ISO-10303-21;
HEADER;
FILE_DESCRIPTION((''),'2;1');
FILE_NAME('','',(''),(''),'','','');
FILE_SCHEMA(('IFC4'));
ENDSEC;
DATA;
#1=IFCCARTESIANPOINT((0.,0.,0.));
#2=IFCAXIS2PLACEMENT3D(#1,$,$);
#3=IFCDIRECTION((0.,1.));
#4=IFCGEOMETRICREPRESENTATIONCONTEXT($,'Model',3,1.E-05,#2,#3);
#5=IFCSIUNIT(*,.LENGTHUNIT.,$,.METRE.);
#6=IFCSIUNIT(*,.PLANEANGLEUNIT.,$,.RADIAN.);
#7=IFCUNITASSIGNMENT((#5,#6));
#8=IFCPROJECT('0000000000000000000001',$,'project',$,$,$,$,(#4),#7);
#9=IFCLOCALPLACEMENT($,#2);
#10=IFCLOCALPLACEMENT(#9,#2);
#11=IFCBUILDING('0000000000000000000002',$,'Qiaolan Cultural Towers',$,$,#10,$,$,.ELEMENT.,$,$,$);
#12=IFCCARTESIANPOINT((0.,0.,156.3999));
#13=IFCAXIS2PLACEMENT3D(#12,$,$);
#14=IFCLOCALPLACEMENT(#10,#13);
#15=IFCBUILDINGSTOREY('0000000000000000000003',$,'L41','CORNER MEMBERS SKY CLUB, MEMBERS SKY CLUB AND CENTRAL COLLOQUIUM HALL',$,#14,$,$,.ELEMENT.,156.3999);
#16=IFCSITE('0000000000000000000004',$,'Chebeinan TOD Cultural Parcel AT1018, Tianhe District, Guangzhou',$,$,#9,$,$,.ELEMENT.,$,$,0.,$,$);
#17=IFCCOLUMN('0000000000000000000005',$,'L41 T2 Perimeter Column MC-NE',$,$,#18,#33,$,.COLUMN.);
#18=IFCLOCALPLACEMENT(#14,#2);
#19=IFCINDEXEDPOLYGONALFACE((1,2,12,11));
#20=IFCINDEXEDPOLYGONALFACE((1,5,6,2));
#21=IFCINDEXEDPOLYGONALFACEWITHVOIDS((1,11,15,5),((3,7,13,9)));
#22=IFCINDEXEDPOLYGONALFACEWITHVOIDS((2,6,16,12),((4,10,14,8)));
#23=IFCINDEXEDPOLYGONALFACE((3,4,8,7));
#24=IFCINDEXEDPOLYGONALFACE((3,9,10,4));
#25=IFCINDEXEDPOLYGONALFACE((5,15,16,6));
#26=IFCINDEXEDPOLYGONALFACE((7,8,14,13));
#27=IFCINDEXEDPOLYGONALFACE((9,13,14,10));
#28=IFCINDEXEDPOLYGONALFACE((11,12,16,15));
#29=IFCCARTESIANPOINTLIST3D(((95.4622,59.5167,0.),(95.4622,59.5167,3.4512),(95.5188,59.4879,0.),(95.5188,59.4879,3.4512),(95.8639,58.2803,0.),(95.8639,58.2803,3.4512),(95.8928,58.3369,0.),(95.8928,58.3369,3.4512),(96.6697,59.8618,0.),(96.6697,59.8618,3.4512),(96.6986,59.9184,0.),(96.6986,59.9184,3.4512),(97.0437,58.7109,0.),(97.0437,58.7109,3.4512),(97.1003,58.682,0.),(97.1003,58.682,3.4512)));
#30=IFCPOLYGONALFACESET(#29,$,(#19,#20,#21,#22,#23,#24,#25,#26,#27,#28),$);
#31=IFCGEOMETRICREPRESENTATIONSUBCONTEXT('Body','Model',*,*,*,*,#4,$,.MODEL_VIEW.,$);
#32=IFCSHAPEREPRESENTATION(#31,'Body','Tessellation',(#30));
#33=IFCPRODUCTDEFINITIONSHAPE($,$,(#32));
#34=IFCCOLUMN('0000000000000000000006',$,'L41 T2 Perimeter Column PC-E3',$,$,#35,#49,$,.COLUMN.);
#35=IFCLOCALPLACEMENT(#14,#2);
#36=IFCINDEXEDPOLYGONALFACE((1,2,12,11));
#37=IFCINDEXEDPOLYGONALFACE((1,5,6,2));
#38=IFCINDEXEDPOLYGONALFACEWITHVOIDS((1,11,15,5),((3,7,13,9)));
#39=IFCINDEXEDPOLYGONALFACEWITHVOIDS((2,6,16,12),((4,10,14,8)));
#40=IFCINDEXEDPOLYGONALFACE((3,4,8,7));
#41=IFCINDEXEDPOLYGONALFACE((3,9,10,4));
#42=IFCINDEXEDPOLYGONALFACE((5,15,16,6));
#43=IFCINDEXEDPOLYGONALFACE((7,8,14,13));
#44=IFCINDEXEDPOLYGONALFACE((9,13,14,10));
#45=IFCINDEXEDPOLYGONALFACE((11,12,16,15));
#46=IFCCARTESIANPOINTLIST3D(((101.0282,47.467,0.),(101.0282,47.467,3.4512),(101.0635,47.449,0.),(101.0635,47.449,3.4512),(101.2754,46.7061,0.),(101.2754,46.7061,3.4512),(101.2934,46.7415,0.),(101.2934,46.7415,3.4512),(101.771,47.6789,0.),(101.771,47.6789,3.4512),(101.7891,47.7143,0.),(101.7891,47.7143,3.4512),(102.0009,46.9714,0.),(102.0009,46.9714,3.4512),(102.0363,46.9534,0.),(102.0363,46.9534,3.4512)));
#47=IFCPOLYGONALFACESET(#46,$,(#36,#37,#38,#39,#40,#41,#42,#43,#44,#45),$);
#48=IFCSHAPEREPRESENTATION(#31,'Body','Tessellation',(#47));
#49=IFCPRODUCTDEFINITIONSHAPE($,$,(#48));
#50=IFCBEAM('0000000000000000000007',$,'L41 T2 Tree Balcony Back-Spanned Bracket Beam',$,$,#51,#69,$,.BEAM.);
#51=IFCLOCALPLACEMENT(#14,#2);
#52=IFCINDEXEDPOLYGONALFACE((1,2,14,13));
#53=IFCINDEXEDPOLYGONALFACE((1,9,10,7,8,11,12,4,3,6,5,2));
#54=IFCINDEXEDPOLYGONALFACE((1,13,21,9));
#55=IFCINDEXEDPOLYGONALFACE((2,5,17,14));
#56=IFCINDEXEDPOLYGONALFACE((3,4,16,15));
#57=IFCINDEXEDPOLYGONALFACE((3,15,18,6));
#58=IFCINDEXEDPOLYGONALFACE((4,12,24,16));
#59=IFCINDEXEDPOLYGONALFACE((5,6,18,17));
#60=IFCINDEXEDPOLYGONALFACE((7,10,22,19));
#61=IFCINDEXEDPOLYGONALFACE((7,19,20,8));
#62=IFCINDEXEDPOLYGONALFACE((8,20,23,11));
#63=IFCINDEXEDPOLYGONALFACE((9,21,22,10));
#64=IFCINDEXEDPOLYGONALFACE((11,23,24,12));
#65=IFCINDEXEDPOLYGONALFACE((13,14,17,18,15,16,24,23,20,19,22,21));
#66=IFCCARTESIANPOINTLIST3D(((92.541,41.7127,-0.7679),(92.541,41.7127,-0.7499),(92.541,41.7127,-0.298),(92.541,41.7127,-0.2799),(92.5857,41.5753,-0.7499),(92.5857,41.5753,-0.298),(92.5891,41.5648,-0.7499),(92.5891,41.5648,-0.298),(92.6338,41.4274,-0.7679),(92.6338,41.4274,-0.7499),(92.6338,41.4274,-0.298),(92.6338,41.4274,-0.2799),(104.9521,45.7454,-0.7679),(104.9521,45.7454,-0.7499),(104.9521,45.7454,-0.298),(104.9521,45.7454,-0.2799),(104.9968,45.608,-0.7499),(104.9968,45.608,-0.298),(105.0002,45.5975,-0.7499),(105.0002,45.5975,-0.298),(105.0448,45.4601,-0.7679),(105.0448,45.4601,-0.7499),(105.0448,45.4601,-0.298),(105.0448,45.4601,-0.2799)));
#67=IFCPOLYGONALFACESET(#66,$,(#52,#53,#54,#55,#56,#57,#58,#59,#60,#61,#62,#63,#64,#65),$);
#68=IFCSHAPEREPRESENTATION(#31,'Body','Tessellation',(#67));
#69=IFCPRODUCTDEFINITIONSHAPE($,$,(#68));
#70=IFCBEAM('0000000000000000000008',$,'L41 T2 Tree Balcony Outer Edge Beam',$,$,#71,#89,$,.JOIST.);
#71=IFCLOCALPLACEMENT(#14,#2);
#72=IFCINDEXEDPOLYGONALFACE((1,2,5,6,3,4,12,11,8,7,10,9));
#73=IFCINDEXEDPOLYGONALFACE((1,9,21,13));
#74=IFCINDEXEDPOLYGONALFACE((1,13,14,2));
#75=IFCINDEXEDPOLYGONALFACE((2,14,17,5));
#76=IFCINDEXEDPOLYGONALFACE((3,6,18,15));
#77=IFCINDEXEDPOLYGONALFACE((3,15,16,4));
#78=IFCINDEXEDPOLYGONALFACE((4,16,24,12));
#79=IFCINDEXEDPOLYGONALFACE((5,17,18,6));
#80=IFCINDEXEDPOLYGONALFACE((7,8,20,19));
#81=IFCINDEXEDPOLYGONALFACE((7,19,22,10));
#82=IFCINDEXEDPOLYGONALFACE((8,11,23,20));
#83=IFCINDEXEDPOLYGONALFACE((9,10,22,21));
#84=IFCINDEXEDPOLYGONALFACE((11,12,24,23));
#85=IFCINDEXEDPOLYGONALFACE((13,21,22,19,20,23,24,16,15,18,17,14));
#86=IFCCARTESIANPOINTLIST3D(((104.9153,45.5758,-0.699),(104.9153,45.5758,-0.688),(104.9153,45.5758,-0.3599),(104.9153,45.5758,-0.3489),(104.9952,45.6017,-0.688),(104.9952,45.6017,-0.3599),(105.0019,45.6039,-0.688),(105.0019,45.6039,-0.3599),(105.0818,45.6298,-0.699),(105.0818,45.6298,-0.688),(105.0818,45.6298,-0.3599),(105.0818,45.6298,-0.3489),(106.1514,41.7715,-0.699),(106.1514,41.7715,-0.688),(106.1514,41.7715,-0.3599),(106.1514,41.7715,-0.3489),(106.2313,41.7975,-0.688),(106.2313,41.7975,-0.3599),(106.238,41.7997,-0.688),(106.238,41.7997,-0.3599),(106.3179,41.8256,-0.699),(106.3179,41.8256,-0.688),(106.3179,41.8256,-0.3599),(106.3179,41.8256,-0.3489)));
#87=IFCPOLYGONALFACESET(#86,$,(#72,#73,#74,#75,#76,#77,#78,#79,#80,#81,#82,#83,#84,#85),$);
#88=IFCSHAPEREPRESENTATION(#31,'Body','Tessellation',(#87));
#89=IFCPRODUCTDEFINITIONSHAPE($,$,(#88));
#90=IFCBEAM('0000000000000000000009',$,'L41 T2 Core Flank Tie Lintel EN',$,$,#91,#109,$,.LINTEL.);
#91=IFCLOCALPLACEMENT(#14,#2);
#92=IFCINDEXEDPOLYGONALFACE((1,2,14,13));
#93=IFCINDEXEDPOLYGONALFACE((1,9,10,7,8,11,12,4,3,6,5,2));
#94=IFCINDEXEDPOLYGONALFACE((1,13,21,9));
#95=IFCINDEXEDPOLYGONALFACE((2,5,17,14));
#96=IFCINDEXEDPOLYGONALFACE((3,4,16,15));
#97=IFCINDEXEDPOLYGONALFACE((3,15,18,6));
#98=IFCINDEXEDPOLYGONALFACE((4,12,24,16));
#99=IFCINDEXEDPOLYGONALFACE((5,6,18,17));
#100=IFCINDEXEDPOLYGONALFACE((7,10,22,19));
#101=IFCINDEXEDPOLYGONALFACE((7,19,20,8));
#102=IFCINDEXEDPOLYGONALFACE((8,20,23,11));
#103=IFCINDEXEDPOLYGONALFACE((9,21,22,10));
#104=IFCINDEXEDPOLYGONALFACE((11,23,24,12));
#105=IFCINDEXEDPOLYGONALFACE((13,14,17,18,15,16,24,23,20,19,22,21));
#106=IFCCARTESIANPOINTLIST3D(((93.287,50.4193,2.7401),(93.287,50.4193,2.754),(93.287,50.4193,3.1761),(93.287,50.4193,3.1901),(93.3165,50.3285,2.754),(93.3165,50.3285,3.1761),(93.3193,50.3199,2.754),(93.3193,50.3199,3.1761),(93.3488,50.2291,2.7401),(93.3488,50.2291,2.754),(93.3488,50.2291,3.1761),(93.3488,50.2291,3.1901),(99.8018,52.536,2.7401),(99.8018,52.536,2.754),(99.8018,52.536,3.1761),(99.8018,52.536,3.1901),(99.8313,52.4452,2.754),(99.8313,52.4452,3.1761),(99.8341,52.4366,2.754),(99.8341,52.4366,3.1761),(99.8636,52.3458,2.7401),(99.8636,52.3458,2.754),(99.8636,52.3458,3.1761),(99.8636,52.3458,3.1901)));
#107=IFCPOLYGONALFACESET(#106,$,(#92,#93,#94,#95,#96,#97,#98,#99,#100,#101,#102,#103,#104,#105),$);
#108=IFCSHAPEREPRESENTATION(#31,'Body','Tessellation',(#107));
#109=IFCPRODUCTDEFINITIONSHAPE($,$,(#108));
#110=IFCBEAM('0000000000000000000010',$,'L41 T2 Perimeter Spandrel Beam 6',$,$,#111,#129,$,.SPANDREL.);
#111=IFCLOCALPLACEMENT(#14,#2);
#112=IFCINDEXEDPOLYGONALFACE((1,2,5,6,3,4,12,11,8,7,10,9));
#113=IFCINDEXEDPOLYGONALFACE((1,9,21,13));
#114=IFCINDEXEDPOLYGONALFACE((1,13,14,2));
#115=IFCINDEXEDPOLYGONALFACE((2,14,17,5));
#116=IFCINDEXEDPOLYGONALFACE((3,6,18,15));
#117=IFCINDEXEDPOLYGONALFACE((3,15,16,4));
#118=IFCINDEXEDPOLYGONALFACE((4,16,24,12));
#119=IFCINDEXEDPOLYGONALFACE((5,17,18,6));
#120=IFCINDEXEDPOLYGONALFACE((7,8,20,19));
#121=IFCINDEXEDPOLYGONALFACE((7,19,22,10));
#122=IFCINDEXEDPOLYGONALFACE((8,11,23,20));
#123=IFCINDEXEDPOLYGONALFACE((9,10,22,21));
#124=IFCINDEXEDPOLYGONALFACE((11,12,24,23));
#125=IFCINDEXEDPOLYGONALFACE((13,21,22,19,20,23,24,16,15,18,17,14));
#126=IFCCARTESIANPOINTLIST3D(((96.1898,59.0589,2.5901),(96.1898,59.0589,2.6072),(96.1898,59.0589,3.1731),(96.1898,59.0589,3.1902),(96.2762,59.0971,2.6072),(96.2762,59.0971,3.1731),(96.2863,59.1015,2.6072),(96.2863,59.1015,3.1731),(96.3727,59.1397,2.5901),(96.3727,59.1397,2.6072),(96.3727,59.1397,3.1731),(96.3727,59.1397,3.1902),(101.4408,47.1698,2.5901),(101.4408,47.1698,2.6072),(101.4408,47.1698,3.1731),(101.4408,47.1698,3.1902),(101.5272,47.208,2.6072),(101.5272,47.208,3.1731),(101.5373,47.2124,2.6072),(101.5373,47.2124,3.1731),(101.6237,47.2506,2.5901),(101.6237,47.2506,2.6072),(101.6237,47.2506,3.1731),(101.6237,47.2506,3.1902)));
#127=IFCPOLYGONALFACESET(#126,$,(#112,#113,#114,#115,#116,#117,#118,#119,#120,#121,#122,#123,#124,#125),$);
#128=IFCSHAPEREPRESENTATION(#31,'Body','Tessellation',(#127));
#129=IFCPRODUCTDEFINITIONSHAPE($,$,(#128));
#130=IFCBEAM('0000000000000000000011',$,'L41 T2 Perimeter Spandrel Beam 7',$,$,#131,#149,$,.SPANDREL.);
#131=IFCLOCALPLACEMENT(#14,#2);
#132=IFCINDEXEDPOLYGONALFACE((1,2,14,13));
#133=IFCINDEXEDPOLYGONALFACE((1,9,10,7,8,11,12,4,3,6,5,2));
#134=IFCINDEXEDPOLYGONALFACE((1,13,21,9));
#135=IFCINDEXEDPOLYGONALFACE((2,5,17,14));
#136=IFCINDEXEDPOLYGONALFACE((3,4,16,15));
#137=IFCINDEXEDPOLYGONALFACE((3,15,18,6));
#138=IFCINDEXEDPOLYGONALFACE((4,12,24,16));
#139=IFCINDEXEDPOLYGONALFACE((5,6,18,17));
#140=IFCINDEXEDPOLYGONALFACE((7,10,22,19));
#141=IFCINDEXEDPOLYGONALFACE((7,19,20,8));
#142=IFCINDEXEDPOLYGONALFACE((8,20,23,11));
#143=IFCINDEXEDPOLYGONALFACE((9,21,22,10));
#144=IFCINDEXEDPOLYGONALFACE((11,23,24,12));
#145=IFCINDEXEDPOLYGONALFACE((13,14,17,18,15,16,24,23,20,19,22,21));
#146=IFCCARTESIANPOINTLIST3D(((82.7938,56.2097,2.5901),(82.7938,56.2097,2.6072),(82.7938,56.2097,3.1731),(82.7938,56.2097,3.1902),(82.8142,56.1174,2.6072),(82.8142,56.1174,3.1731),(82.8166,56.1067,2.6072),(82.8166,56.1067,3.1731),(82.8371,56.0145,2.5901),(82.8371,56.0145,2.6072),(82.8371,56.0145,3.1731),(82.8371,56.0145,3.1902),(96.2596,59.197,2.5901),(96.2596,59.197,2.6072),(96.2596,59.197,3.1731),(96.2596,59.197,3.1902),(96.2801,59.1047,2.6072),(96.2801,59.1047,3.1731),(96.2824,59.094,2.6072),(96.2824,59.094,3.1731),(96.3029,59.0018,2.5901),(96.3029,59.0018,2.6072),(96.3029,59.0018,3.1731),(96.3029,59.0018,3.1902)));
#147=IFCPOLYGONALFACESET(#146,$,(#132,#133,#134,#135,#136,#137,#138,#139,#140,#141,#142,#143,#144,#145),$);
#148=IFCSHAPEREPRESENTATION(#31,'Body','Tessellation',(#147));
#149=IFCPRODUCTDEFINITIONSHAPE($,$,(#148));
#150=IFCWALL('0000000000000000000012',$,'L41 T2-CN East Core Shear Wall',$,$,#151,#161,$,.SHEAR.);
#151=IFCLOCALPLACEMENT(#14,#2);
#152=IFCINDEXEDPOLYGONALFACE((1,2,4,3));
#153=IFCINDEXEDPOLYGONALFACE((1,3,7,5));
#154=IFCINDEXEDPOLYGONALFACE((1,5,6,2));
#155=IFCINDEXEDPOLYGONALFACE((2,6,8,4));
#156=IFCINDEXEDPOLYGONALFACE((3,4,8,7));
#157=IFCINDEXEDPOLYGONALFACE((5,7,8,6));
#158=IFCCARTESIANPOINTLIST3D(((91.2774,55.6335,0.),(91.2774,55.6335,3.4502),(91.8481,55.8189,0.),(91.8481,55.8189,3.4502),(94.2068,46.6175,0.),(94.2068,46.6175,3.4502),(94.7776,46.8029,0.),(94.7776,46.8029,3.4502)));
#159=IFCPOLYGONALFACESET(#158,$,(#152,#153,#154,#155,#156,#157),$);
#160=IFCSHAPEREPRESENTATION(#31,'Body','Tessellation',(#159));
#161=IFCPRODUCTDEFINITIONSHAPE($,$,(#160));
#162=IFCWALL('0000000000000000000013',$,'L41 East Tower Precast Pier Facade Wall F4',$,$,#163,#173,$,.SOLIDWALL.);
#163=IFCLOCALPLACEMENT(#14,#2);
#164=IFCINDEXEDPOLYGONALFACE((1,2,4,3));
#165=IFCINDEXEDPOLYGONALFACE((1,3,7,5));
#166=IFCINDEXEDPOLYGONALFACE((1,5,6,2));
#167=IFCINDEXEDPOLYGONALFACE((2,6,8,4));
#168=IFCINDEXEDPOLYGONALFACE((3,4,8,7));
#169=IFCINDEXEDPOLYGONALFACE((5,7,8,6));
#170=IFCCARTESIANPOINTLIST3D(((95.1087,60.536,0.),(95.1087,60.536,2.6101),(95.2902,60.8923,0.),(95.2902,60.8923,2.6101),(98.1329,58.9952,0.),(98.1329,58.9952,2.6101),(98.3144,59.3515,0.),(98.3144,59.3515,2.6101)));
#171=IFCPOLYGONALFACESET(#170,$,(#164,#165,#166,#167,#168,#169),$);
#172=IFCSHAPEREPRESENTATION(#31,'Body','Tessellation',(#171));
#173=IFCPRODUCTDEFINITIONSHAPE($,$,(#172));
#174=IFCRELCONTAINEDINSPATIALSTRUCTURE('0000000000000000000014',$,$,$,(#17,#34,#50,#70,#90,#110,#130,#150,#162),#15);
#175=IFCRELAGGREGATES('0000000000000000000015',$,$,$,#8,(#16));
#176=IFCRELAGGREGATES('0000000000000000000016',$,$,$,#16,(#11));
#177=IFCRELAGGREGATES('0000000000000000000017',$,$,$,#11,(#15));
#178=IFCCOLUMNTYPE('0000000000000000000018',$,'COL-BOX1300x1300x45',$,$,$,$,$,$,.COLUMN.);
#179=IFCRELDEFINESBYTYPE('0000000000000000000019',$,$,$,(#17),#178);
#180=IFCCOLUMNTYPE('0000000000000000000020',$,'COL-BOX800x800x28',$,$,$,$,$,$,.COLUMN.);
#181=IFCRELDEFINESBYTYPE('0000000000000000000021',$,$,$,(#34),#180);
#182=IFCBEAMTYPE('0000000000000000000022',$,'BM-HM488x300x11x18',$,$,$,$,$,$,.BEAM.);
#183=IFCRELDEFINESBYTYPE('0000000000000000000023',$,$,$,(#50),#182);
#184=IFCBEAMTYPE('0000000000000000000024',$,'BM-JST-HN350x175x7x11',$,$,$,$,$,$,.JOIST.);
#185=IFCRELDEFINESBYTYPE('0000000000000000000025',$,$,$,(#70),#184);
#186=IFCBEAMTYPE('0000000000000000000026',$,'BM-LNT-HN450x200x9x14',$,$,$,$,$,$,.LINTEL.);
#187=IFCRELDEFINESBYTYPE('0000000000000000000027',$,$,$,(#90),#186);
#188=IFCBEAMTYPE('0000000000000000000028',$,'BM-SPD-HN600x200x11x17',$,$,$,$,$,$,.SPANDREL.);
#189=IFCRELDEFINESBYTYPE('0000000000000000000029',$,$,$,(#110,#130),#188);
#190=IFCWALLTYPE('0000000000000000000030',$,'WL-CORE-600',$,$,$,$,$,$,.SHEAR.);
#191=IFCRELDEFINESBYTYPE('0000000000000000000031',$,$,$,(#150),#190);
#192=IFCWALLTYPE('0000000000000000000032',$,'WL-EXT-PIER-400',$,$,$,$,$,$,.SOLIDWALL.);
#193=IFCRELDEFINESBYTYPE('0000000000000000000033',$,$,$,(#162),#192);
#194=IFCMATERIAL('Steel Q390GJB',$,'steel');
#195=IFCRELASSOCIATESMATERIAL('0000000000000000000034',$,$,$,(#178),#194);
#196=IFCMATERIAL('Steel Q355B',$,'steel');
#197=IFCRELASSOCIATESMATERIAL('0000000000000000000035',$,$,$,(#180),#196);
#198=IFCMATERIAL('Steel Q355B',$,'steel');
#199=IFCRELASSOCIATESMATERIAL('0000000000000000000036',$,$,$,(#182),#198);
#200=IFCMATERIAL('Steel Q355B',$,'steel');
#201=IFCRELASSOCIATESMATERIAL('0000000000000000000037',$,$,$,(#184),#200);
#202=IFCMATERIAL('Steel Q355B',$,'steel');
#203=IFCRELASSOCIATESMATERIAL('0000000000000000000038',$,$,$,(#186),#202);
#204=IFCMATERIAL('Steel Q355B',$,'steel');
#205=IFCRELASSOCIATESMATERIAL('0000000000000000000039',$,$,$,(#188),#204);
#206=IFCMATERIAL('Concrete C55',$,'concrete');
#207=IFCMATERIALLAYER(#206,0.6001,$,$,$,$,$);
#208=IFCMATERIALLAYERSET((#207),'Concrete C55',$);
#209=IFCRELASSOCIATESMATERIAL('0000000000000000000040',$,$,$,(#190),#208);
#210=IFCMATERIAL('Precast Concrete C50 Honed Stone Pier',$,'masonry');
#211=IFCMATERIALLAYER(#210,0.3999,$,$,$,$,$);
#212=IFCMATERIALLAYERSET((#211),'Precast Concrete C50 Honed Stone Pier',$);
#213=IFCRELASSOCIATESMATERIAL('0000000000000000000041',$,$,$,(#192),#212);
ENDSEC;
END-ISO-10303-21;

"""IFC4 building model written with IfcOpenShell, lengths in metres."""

from ifc_helpers import new_model, si_unit, direction, frame, frame_2d, origin, origin_2d, place, context, subcontext, project, spatial, rectangle, hollow_rectangle, i_section, extrude, material, layer, layer_set, material_profile, profile_set, type_object, element, save


model = new_model("IFC4")

# Units and contexts
model_context = context("Model", 3, precision=1e-05, world=origin(), true_north=direction((0.0, 1.0)))
body_context = subcontext(model_context, "Body", "Model", "MODEL_VIEW")
ifc_project = project(units=[si_unit("LENGTHUNIT", "METRE"), si_unit("PLANEANGLEUNIT", "RADIAN")], contexts=[model_context])

# Site, building, storey
site_placement = place(None, origin())
site = spatial("IfcSite", under=ifc_project, at=site_placement, Name="Chebeinan TOD Cultural Parcel AT1018, Tianhe District, Guangzhou", CompositionType="ELEMENT", RefElevation=0.0)
building_placement = place(site_placement, origin())
building = spatial("IfcBuilding", under=site, at=building_placement, Name="Qiaolan Cultural Towers", CompositionType="ELEMENT")
storey_placement = place(building_placement, frame((0.0, 0.0, 156.3999)))
storey = spatial("IfcBuildingStorey", under=building, at=storey_placement, Name="L41", Description="CORNER MEMBERS SKY CLUB, MEMBERS SKY CLUB AND CENTRAL COLLOQUIUM HALL", CompositionType="ELEMENT", Elevation=156.3999)

# Columns
ifc_material_1 = material(Name="Steel Q390GJB", Category="steel")
ifc_material_profile_1 = material_profile(ifc_material_1, hollow_rectangle(XDim=1.3, YDim=1.3, WallThickness=0.0449, at=origin_2d()), Name="BOX1300x1300x45")
ifc_profile_set_1 = profile_set([ifc_material_profile_1], Name="Steel Q390GJB")
column_type_1 = type_object("IfcColumnType", Name="COL-BOX1300x1300x45", PredefinedType="COLUMN", material=ifc_profile_set_1)
column_1_placement = place(storey_placement, frame((96.2812, 59.0994, 0.0), z_axis=(0.0, 0.0, 1.0), x_axis=(0.951057, 0.309017, 0.0)))
element("IfcColumn", 1, at=column_1_placement, inside=storey, type_object=column_type_1, Name="L41 T2 Perimeter Column MC-NE", PredefinedType="COLUMN", context=body_context, shape_type="SweptSolid", body=[
    extrude(hollow_rectangle(XDim=1.3, YDim=1.3, WallThickness=0.0449, at=origin_2d()), origin(), (0.0, 0.0, 1.0), 3.4512),
])
ifc_material_2 = material(Name="Steel Q355B", Category="steel")
ifc_material_profile_2 = material_profile(ifc_material_2, hollow_rectangle(XDim=0.8, YDim=0.8, WallThickness=0.0281, at=origin_2d()), Name="BOX800x800x28")
ifc_profile_set_2 = profile_set([ifc_material_profile_2], Name="Steel Q355B")
column_type_2 = type_object("IfcColumnType", Name="COL-BOX800x800x28", PredefinedType="COLUMN", material=ifc_profile_set_2)
column_2_placement = place(storey_placement, frame((101.5322, 47.2102, 0.0), z_axis=(0.0, 0.0, 1.0), x_axis=(0.951057, 0.309017, 0.0)))
element("IfcColumn", 2, at=column_2_placement, inside=storey, type_object=column_type_2, Name="L41 T2 Perimeter Column PC-E3", PredefinedType="COLUMN", context=body_context, shape_type="SweptSolid", body=[
    extrude(hollow_rectangle(XDim=0.8, YDim=0.8, WallThickness=0.0281, at=origin_2d()), origin(), (0.0, 0.0, 1.0), 3.4512),
])

# Beams
ifc_material_3 = material(Name="Steel Q355B", Category="steel")
ifc_material_profile_3 = material_profile(ifc_material_3, i_section(OverallWidth=0.3, OverallDepth=0.488, WebThickness=0.011, FlangeThickness=0.0181, at=origin_2d()), Name="HM488x300x11x18")
ifc_profile_set_3 = profile_set([ifc_material_profile_3], Name="Steel Q355B")
beam_type_1 = type_object("IfcBeamType", Name="BM-HM488x300x11x18", PredefinedType="BEAM", material=ifc_profile_set_3)
beam_1_placement = place(storey_placement, frame((92.5874, 41.5701, -0.5239), z_axis=(0.951054, 0.309023, 0.0), x_axis=(-0.309023, 0.951054, 0.0)))
element("IfcBeam", 3, at=beam_1_placement, inside=storey, type_object=beam_type_1, Name="L41 T2 Tree Balcony Back-Spanned Bracket Beam", PredefinedType="BEAM", context=body_context, shape_type="SweptSolid", body=[
    extrude(i_section(OverallWidth=0.3, OverallDepth=0.488, WebThickness=0.011, FlangeThickness=0.0181, at=origin_2d()), origin(), (0.0, 0.0, 1.0), 13.0498),
])
ifc_material_4 = material(Name="Steel Q355B", Category="steel")
ifc_material_profile_4 = material_profile(ifc_material_4, i_section(OverallWidth=0.175, OverallDepth=0.3501, WebThickness=0.0071, FlangeThickness=0.011, at=origin_2d()), Name="HN350x175x7x11")
ifc_profile_set_4 = profile_set([ifc_material_profile_4], Name="Steel Q355B")
beam_type_2 = type_object("IfcBeamType", Name="BM-JST-HN350x175x7x11", PredefinedType="JOIST", material=ifc_profile_set_4)
beam_2_placement = place(storey_placement, frame((106.2346, 41.7986, -0.5239), z_axis=(-0.309023, 0.951055, 0.0), x_axis=(-0.951055, -0.309023, 0.0)))
element("IfcBeam", 4, at=beam_2_placement, inside=storey, type_object=beam_type_2, Name="L41 T2 Tree Balcony Outer Edge Beam", PredefinedType="JOIST", context=body_context, shape_type="SweptSolid", body=[
    extrude(i_section(OverallWidth=0.175, OverallDepth=0.3501, WebThickness=0.0071, FlangeThickness=0.011, at=origin_2d()), origin(), (0.0, 0.0, 1.0), 4.0),
])
ifc_material_5 = material(Name="Steel Q355B", Category="steel")
ifc_material_profile_5 = material_profile(ifc_material_5, i_section(OverallWidth=0.2, OverallDepth=0.45, WebThickness=0.009, FlangeThickness=0.0139, at=origin_2d()), Name="HN450x200x9x14")
ifc_profile_set_5 = profile_set([ifc_material_profile_5], Name="Steel Q355B")
beam_type_3 = type_object("IfcBeamType", Name="BM-LNT-HN450x200x9x14", PredefinedType="LINTEL", material=ifc_profile_set_5)
beam_3_placement = place(storey_placement, frame((93.3179, 50.3242, 2.9651), z_axis=(0.951062, 0.309001, 0.0), x_axis=(-0.309001, 0.951062, 0.0)))
element("IfcBeam", 5, at=beam_3_placement, inside=storey, type_object=beam_type_3, Name="L41 T2 Core Flank Tie Lintel EN", PredefinedType="LINTEL", context=body_context, shape_type="SweptSolid", body=[
    extrude(i_section(OverallWidth=0.2, OverallDepth=0.45, WebThickness=0.009, FlangeThickness=0.0139, at=origin_2d()), origin(), (0.0, 0.0, 1.0), 6.8501),
])
ifc_material_6 = material(Name="Steel Q355B", Category="steel")
ifc_material_profile_6 = material_profile(ifc_material_6, i_section(OverallWidth=0.2, OverallDepth=0.6001, WebThickness=0.011, FlangeThickness=0.0171, at=origin_2d()), Name="HN600x200x11x17")
ifc_profile_set_6 = profile_set([ifc_material_profile_6], Name="Steel Q355B")
beam_type_4 = type_object("IfcBeamType", Name="BM-SPD-HN600x200x11x17", PredefinedType="SPANDREL", material=ifc_profile_set_6)
beam_4_placement = place(storey_placement, frame((101.5322, 47.2102, 2.8901), z_axis=(-0.404011, 0.914754, 0.0), x_axis=(-0.914754, -0.404011, 0.0)))
element("IfcBeam", 6, at=beam_4_placement, inside=storey, type_object=beam_type_4, Name="L41 T2 Perimeter Spandrel Beam 6", PredefinedType="SPANDREL", context=body_context, shape_type="SweptSolid", body=[
    extrude(i_section(OverallWidth=0.2, OverallDepth=0.6001, WebThickness=0.011, FlangeThickness=0.0171, at=origin_2d()), origin(), (0.0, 0.0, 1.0), 12.9971),
])
beam_5_placement = place(storey_placement, frame((96.2812, 59.0994, 2.8901), z_axis=(-0.976265, -0.216578, 0.0), x_axis=(0.216578, -0.976265, 0.0)))
element("IfcBeam", 7, at=beam_5_placement, inside=storey, type_object=beam_type_4, Name="L41 T2 Perimeter Spandrel Beam 7", PredefinedType="SPANDREL", context=body_context, shape_type="SweptSolid", body=[
    extrude(i_section(OverallWidth=0.2, OverallDepth=0.6001, WebThickness=0.011, FlangeThickness=0.0171, at=origin_2d()), origin(), (0.0, 0.0, 1.0), 13.7932),
])

# Walls
ifc_material_7 = material(Name="Concrete C55", Category="concrete")
ifc_layer_1 = layer(ifc_material_7, 0.6001)
ifc_layer_set_1 = layer_set([ifc_layer_1], Name="Concrete C55")
wall_type_1 = type_object("IfcWallType", Name="WL-CORE-600", PredefinedType="SHEAR", material=ifc_layer_set_1)
wall_1_placement = place(storey_placement, frame((94.4922, 46.7102, 0.0), z_axis=(0.0, 0.0, 1.0), x_axis=(-0.30901, 0.951059, 0.0)))
element("IfcWall", 8, at=wall_1_placement, inside=storey, type_object=wall_type_1, Name="L41 T2-CN East Core Shear Wall", PredefinedType="SHEAR", context=body_context, shape_type="SweptSolid", body=[
    extrude(rectangle(XDim=9.48, YDim=0.6001, at=frame_2d((4.74, 0.0))), origin(), (0.0, 0.0, 1.0), 3.4502),
])
ifc_material_8 = material(Name="Precast Concrete C50 Honed Stone Pier", Category="masonry")
ifc_layer_2 = layer(ifc_material_8, 0.3999)
ifc_layer_set_2 = layer_set([ifc_layer_2], Name="Precast Concrete C50 Honed Stone Pier")
wall_type_2 = type_object("IfcWallType", Name="WL-EXT-PIER-400", PredefinedType="SOLIDWALL", material=ifc_layer_set_2)
wall_2_placement = place(storey_placement, frame((95.1995, 60.7141, 0.0), z_axis=(0.0, 0.0, 1.0), x_axis=(0.891021, -0.453962, 0.0)))
element("IfcWall", 9, at=wall_2_placement, inside=storey, type_object=wall_type_2, Name="L41 East Tower Precast Pier Facade Wall F4", PredefinedType="SOLIDWALL", context=body_context, shape_type="SweptSolid", body=[
    extrude(rectangle(XDim=3.394, YDim=0.3999, at=frame_2d((1.697, 0.0))), origin(), (0.0, 0.0, 1.0), 2.6101),
])

save(model, "model.ifc")
